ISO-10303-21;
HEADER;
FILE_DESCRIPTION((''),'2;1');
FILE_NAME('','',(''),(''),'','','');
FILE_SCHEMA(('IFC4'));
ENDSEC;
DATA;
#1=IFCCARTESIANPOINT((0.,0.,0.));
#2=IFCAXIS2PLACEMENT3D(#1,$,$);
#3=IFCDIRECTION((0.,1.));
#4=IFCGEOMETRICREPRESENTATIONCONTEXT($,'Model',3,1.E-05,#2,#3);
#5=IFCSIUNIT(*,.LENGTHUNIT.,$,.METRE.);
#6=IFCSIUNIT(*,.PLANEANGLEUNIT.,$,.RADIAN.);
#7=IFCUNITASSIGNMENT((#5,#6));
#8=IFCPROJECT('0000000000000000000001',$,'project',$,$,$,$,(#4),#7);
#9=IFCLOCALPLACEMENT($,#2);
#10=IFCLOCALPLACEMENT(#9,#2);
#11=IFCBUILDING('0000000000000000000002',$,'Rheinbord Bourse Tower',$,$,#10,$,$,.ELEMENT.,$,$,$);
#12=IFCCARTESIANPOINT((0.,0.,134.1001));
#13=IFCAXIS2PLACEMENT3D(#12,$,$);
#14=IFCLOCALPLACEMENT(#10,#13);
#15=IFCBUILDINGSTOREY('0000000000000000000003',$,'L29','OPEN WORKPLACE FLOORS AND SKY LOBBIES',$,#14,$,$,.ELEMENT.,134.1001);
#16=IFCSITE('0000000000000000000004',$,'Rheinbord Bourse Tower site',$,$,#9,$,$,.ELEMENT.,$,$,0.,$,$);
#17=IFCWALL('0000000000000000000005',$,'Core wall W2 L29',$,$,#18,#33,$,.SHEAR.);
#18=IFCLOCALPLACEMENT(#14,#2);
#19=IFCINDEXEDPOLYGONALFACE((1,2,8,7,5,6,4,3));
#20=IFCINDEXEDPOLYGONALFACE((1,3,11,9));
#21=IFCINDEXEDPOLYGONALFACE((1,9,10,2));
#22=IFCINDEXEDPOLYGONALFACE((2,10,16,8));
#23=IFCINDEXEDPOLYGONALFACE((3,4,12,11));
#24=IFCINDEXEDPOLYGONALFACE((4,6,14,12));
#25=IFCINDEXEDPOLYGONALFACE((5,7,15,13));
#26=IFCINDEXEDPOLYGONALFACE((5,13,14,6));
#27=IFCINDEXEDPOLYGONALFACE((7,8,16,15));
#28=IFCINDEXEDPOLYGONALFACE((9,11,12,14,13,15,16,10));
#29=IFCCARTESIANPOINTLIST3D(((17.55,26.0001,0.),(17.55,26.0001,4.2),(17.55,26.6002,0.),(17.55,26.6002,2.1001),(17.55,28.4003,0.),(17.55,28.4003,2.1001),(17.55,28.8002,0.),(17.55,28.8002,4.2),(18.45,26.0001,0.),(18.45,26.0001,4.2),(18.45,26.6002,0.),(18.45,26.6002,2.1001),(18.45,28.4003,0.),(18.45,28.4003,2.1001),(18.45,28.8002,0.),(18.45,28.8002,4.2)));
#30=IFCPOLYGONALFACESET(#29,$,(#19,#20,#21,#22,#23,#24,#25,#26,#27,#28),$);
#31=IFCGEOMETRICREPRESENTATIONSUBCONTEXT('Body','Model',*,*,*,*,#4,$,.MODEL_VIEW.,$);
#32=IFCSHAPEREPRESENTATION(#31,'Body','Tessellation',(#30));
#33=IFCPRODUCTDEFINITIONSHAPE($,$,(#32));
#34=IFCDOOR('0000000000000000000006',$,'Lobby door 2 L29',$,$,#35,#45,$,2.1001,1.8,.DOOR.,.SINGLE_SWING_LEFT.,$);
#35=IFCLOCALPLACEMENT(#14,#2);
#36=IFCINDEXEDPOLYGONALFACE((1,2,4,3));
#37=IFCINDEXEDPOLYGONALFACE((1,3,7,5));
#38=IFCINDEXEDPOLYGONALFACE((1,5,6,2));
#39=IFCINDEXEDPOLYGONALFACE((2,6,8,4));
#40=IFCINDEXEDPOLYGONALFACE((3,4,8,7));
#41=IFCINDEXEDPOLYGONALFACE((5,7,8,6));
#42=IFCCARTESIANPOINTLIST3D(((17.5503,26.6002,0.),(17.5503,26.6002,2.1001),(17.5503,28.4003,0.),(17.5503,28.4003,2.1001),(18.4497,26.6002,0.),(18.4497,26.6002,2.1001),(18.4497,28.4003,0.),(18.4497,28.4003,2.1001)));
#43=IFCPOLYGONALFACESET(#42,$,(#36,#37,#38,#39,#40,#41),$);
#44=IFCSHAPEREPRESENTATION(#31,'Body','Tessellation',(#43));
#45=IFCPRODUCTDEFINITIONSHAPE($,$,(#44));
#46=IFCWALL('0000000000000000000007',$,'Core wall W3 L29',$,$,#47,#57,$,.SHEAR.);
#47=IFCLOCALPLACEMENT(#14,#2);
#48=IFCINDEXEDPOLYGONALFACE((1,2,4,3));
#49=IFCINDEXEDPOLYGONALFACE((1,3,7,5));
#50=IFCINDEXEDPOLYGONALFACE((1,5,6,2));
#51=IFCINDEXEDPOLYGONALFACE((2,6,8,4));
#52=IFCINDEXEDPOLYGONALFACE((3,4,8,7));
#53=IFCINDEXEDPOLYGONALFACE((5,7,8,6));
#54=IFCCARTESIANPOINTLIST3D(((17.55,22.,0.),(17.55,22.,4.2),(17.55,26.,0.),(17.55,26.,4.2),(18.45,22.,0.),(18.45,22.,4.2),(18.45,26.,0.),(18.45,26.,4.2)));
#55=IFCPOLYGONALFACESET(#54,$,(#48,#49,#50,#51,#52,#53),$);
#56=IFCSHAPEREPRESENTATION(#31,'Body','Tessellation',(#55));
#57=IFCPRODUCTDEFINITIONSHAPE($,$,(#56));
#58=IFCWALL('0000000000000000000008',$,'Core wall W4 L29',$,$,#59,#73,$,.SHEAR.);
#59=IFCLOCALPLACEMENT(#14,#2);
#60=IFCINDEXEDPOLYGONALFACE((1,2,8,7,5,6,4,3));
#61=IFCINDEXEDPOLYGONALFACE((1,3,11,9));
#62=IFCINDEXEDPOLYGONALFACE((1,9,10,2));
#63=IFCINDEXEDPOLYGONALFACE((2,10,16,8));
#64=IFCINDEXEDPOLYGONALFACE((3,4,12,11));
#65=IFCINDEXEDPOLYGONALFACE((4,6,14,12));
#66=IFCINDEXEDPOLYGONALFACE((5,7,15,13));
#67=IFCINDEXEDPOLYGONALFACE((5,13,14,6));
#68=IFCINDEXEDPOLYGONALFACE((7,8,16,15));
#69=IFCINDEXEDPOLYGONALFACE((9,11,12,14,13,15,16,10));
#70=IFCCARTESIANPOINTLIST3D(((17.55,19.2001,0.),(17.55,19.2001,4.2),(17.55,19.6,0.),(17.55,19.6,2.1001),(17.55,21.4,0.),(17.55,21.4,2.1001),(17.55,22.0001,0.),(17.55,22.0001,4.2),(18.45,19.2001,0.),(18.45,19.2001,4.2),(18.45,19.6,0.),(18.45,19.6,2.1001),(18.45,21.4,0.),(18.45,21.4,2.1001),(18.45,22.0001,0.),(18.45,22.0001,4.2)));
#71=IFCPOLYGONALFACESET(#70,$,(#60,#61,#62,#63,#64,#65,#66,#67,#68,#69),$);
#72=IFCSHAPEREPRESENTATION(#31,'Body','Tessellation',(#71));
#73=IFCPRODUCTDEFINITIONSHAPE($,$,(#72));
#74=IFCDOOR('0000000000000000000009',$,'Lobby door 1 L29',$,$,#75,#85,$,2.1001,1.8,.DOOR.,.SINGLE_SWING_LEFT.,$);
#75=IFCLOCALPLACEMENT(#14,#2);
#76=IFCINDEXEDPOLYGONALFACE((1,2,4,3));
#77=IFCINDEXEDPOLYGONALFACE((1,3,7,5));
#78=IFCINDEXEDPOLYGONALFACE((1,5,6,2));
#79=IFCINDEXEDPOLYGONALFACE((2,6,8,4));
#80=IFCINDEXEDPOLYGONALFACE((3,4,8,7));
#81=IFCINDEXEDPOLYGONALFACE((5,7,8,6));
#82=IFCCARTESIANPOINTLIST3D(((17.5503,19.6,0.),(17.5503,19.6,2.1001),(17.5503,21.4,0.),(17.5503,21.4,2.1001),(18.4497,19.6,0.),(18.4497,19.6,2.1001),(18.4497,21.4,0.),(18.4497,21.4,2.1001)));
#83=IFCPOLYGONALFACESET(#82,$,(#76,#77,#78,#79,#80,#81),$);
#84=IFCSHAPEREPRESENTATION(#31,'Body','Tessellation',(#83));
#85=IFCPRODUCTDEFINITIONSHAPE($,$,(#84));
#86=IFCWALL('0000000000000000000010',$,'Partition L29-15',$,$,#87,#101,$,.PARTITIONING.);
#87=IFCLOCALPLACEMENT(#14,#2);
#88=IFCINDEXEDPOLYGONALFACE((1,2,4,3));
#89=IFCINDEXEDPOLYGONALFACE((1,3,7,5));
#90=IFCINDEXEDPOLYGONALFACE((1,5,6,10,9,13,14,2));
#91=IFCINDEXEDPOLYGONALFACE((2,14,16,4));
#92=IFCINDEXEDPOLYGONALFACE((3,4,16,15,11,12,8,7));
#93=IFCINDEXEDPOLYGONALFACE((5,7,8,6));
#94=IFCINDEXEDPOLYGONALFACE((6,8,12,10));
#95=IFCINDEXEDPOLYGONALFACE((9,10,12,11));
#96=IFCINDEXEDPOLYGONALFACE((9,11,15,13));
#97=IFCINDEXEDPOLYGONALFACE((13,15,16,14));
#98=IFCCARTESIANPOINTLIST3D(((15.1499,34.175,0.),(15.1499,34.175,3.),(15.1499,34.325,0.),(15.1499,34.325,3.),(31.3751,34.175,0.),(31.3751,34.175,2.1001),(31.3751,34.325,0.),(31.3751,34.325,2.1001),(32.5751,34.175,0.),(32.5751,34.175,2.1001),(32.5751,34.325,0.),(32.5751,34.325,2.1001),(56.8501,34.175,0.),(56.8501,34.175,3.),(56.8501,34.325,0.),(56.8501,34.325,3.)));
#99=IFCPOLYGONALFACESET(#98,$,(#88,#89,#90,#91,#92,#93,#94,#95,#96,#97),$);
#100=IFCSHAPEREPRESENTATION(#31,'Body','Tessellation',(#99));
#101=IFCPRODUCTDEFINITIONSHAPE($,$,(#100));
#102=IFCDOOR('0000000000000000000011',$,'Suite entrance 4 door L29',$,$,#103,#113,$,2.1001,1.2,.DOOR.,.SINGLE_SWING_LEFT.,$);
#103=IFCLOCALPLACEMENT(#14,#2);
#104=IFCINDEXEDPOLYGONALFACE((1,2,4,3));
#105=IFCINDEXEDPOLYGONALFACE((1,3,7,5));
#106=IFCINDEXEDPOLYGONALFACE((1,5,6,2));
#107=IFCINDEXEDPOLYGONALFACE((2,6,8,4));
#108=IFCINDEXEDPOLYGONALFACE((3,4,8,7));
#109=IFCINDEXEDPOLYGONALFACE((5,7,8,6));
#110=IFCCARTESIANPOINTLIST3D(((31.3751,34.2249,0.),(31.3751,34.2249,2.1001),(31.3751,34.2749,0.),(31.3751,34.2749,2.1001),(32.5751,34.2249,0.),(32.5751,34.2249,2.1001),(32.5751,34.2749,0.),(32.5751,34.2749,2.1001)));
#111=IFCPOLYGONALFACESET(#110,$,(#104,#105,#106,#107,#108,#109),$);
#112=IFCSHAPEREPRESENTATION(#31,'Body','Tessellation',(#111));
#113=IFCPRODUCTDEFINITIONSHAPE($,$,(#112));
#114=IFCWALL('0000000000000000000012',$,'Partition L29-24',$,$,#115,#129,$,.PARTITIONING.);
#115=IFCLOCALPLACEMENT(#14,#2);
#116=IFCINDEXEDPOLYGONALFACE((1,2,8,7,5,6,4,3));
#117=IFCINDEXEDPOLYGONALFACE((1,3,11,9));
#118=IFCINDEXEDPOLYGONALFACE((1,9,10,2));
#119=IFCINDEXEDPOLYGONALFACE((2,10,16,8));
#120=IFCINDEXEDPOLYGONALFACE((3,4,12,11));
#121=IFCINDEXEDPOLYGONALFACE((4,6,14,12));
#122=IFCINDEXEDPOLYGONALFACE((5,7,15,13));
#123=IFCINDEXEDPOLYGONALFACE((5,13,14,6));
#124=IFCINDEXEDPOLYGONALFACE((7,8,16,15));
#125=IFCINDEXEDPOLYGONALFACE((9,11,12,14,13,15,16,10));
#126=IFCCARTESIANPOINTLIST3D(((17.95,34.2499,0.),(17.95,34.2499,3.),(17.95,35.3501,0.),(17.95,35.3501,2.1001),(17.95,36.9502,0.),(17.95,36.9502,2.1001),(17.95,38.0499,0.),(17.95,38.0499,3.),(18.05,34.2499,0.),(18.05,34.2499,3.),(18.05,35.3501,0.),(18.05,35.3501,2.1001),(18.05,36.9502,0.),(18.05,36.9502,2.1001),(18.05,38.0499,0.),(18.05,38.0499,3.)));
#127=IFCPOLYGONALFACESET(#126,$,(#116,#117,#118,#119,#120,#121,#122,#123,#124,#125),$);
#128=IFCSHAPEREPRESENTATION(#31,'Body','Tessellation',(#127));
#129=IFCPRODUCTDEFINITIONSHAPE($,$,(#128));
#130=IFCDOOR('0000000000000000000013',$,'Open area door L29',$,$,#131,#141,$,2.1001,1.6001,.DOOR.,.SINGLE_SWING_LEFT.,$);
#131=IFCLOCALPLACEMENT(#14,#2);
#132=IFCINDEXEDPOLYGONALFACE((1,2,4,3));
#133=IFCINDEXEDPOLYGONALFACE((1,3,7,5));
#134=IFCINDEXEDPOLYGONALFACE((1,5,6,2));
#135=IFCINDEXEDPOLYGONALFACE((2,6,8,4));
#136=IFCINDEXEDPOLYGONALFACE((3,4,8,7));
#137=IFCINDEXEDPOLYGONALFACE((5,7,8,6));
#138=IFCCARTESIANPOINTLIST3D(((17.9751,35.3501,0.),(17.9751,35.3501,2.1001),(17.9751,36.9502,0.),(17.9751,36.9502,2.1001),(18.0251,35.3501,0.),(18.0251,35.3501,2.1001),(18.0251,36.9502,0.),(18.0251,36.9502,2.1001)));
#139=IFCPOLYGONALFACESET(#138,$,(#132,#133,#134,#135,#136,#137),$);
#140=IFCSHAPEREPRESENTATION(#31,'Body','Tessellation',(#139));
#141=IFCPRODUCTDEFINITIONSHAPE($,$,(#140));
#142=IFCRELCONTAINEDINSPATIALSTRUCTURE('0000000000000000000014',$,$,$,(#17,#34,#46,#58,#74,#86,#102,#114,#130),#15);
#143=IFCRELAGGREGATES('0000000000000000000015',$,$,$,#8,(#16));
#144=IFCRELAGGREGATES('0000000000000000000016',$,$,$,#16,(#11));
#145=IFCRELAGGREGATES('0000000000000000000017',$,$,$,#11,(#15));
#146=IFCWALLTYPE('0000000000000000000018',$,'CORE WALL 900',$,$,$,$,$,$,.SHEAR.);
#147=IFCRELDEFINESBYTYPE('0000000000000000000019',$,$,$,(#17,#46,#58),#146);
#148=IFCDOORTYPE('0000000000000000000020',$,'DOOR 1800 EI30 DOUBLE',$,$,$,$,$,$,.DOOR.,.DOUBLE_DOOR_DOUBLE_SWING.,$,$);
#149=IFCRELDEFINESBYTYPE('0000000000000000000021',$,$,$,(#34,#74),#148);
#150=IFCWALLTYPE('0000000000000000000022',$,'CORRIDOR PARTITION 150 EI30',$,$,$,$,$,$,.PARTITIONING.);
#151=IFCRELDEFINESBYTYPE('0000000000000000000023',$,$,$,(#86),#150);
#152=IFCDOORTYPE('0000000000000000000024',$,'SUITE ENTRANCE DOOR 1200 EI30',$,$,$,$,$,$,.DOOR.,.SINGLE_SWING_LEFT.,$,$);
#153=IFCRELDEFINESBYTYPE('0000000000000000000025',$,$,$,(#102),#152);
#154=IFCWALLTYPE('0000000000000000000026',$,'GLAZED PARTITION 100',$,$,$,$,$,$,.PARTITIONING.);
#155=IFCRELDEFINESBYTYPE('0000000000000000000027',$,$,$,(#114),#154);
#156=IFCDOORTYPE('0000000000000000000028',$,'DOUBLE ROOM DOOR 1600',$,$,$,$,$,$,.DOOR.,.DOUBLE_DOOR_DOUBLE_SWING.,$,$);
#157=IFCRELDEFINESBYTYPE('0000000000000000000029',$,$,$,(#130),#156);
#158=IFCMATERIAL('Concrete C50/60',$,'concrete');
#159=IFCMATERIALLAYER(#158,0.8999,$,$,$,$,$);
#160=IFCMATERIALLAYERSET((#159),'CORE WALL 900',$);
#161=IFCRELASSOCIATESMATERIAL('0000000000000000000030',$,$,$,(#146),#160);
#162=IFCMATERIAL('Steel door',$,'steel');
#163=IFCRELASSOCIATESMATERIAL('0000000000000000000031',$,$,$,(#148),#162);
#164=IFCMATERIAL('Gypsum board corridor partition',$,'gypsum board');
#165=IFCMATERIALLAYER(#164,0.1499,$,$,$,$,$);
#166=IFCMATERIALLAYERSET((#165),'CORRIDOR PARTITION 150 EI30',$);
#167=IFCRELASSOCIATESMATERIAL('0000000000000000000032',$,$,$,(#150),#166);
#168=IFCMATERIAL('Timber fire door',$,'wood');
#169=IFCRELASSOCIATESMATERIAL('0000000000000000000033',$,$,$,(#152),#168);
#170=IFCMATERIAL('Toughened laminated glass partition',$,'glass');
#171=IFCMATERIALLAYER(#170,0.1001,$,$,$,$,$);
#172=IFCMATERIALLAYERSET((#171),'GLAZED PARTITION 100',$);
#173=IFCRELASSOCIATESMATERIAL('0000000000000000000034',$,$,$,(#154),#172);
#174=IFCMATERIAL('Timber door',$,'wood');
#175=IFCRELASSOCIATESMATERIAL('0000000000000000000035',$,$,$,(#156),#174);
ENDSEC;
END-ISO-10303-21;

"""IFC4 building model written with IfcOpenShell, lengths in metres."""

from ifc_helpers import new_model, si_unit, direction, frame, frame_2d, origin, place, context, subcontext, project, spatial, rectangle, extrude, material, layer, layer_set, type_object, element, fill, save


model = new_model("IFC4")

# Units and contexts
model_context = context("Model", 3, precision=1e-05, world=origin(), true_north=direction((0.0, 1.0)))
body_context = subcontext(model_context, "Body", "Model", "MODEL_VIEW")
ifc_project = project(units=[si_unit("LENGTHUNIT", "METRE"), si_unit("PLANEANGLEUNIT", "RADIAN")], contexts=[model_context])

# Site, building, storey
site_placement = place(None, origin())
site = spatial("IfcSite", under=ifc_project, at=site_placement, Name="Rheinbord Bourse Tower site", CompositionType="ELEMENT", RefElevation=0.0)
building_placement = place(site_placement, origin())
building = spatial("IfcBuilding", under=site, at=building_placement, Name="Rheinbord Bourse Tower", CompositionType="ELEMENT")
storey_placement = place(building_placement, frame((0.0, 0.0, 134.1001)))
storey = spatial("IfcBuildingStorey", under=building, at=storey_placement, Name="L29", Description="OPEN WORKPLACE FLOORS AND SKY LOBBIES", CompositionType="ELEMENT", Elevation=134.1001)

# Shared definitions
ifc_material_1 = material(Name="Concrete C50/60", Category="concrete")
ifc_layer_1 = layer(ifc_material_1, 0.8999)
ifc_layer_set_1 = layer_set([ifc_layer_1], Name="CORE WALL 900")
wall_type_1 = type_object("IfcWallType", Name="CORE WALL 900", PredefinedType="SHEAR", material=ifc_layer_set_1)

# Wall, opening, door
wall_1_placement = place(storey_placement, frame((18.0, 28.8, 0.0), z_axis=(0.0, 0.0, 1.0), x_axis=(0.0, -1.0, 0.0)))
wall_1 = element("IfcWall", 1, at=wall_1_placement, inside=storey, type_object=wall_type_1, Name="Core wall W2 L29", PredefinedType="SHEAR", context=body_context, shape_type="SweptSolid", body=[
    extrude(rectangle(XDim=2.8, YDim=0.8999, at=frame_2d((1.3999, 0.0))), origin(), (0.0, 0.0, 1.0), 4.2),
])
opening_1_placement = place(wall_1_placement, frame((0.3999, 0.0, 0.0)))
opening_1 = element("IfcOpeningElement", 2, at=opening_1_placement, cuts=wall_1, PredefinedType="OPENING", context=body_context, shape_type="SweptSolid", body=[
    extrude(rectangle(XDim=1.8, YDim=2.1001, at=frame_2d((0.8999, 1.05))), frame((0.0, 0.46, 0.0), z_axis=(0.0, -1.0, 0.0), x_axis=(1.0, 0.0, 0.0)), (0.0, 0.0, 1.0), 0.9199),
])
ifc_material_2 = material(Name="Steel door", Category="steel")
door_type_1 = type_object("IfcDoorType", Name="DOOR 1800 EI30 DOUBLE", OperationType="DOUBLE_DOOR_DOUBLE_SWING", PredefinedType="DOOR", material=ifc_material_2)
door_1_placement = place(opening_1_placement, origin())
door_1 = element("IfcDoor", 3, at=door_1_placement, inside=storey, type_object=door_type_1, Name="Lobby door 2 L29", OperationType="SINGLE_SWING_LEFT", OverallHeight=2.1001, OverallWidth=1.8, PredefinedType="DOOR", context=body_context, shape_type="SweptSolid", body=[
    extrude(rectangle(XDim=1.8, YDim=2.1001, at=frame_2d((0.8999, 1.05))), frame((0.0, 0.4497, 0.0), z_axis=(0.0, -1.0, 0.0), x_axis=(1.0, 0.0, 0.0)), (0.0, 0.0, 1.0), 0.8994),
])
fill(opening_1, door_1)

# Wall
wall_2_placement = place(storey_placement, frame((18.0, 26.0, 0.0), z_axis=(0.0, 0.0, 1.0), x_axis=(0.0, -1.0, 0.0)))
element("IfcWall", 4, at=wall_2_placement, inside=storey, type_object=wall_type_1, Name="Core wall W3 L29", PredefinedType="SHEAR", context=body_context, shape_type="SweptSolid", body=[
    extrude(rectangle(XDim=4.0, YDim=0.8999, at=frame_2d((2.0, 0.0))), origin(), (0.0, 0.0, 1.0), 4.2),
])

# Walls, openings, doors
wall_3_placement = place(storey_placement, frame((18.0, 22.0, 0.0), z_axis=(0.0, 0.0, 1.0), x_axis=(0.0, -1.0, 0.0)))
wall_3 = element("IfcWall", 5, at=wall_3_placement, inside=storey, type_object=wall_type_1, Name="Core wall W4 L29", PredefinedType="SHEAR", context=body_context, shape_type="SweptSolid", body=[
    extrude(rectangle(XDim=2.8, YDim=0.8999, at=frame_2d((1.3999, 0.0))), origin(), (0.0, 0.0, 1.0), 4.2),
])
opening_2_placement = place(wall_3_placement, frame((0.6001, 0.0, 0.0)))
opening_2 = element("IfcOpeningElement", 6, at=opening_2_placement, cuts=wall_3, PredefinedType="OPENING", context=body_context, shape_type="SweptSolid", body=[
    extrude(rectangle(XDim=1.8, YDim=2.1001, at=frame_2d((0.8999, 1.05))), frame((0.0, 0.46, 0.0), z_axis=(0.0, -1.0, 0.0), x_axis=(1.0, 0.0, 0.0)), (0.0, 0.0, 1.0), 0.9199),
])
door_2_placement = place(opening_2_placement, origin())
door_2 = element("IfcDoor", 7, at=door_2_placement, inside=storey, type_object=door_type_1, Name="Lobby door 1 L29", OperationType="SINGLE_SWING_LEFT", OverallHeight=2.1001, OverallWidth=1.8, PredefinedType="DOOR", context=body_context, shape_type="SweptSolid", body=[
    extrude(rectangle(XDim=1.8, YDim=2.1001, at=frame_2d((0.8999, 1.05))), frame((0.0, 0.4497, 0.0), z_axis=(0.0, -1.0, 0.0), x_axis=(1.0, 0.0, 0.0)), (0.0, 0.0, 1.0), 0.8994),
])
fill(opening_2, door_2)
ifc_material_3 = material(Name="Gypsum board corridor partition", Category="gypsum board")
ifc_layer_2 = layer(ifc_material_3, 0.1499)
ifc_layer_set_2 = layer_set([ifc_layer_2], Name="CORRIDOR PARTITION 150 EI30")
wall_type_2 = type_object("IfcWallType", Name="CORRIDOR PARTITION 150 EI30", PredefinedType="PARTITIONING", material=ifc_layer_set_2)
wall_4_placement = place(storey_placement, frame((15.1499, 34.25, 0.0), z_axis=(0.0, 0.0, 1.0), x_axis=(1.0, 0.0, 0.0)))
wall_4 = element("IfcWall", 8, at=wall_4_placement, inside=storey, type_object=wall_type_2, Name="Partition L29-15", PredefinedType="PARTITIONING", context=body_context, shape_type="SweptSolid", body=[
    extrude(rectangle(XDim=41.7002, YDim=0.1499, at=frame_2d((20.8501, 0.0))), origin(), (0.0, 0.0, 1.0), 3.0),
])
opening_3_placement = place(wall_4_placement, frame((16.2251, 0.0, 0.0)))
opening_3 = element("IfcOpeningElement", 9, at=opening_3_placement, cuts=wall_4, PredefinedType="OPENING", context=body_context, shape_type="SweptSolid", body=[
    extrude(rectangle(XDim=1.2, YDim=2.1001, at=frame_2d((0.6001, 1.05))), frame((0.0, 0.085, 0.0), z_axis=(0.0, -1.0, 0.0), x_axis=(1.0, 0.0, 0.0)), (0.0, 0.0, 1.0), 0.1699),
])
ifc_material_4 = material(Name="Timber fire door", Category="wood")
door_type_2 = type_object("IfcDoorType", Name="SUITE ENTRANCE DOOR 1200 EI30", OperationType="SINGLE_SWING_LEFT", PredefinedType="DOOR", material=ifc_material_4)
door_3_placement = place(opening_3_placement, origin())
door_3 = element("IfcDoor", 10, at=door_3_placement, inside=storey, type_object=door_type_2, Name="Suite entrance 4 door L29", OperationType="SINGLE_SWING_LEFT", OverallHeight=2.1001, OverallWidth=1.2, PredefinedType="DOOR", context=body_context, shape_type="SweptSolid", body=[
    extrude(rectangle(XDim=1.2, YDim=2.1001, at=frame_2d((0.6001, 1.05))), frame((0.0, 0.0249, 0.0), z_axis=(0.0, -1.0, 0.0), x_axis=(1.0, 0.0, 0.0)), (0.0, 0.0, 1.0), 0.05),
])
fill(opening_3, door_3)
ifc_material_5 = material(Name="Toughened laminated glass partition", Category="glass")
ifc_layer_3 = layer(ifc_material_5, 0.1001)
ifc_layer_set_3 = layer_set([ifc_layer_3], Name="GLAZED PARTITION 100")
wall_type_3 = type_object("IfcWallType", Name="GLAZED PARTITION 100", PredefinedType="PARTITIONING", material=ifc_layer_set_3)
wall_5_placement = place(storey_placement, frame((18.0, 34.25, 0.0), z_axis=(0.0, 0.0, 1.0), x_axis=(0.0, 1.0, 0.0)))
wall_5 = element("IfcWall", 11, at=wall_5_placement, inside=storey, type_object=wall_type_3, Name="Partition L29-24", PredefinedType="PARTITIONING", context=body_context, shape_type="SweptSolid", body=[
    extrude(rectangle(XDim=3.8, YDim=0.1001, at=frame_2d((1.8999, 0.0))), origin(), (0.0, 0.0, 1.0), 3.0),
])
opening_4_placement = place(wall_5_placement, frame((1.1001, 0.0, 0.0)))
opening_4 = element("IfcOpeningElement", 12, at=opening_4_placement, cuts=wall_5, PredefinedType="OPENING", context=body_context, shape_type="SweptSolid", body=[
    extrude(rectangle(XDim=1.6001, YDim=2.1001, at=frame_2d((0.8, 1.05))), frame((0.0, 0.0601, 0.0), z_axis=(0.0, -1.0, 0.0), x_axis=(1.0, 0.0, 0.0)), (0.0, 0.0, 1.0), 0.1201),
])
ifc_material_6 = material(Name="Timber door", Category="wood")
door_type_3 = type_object("IfcDoorType", Name="DOUBLE ROOM DOOR 1600", OperationType="DOUBLE_DOOR_DOUBLE_SWING", PredefinedType="DOOR", material=ifc_material_6)
door_4_placement = place(opening_4_placement, origin())
door_4 = element("IfcDoor", 13, at=door_4_placement, inside=storey, type_object=door_type_3, Name="Open area door L29", OperationType="SINGLE_SWING_LEFT", OverallHeight=2.1001, OverallWidth=1.6001, PredefinedType="DOOR", context=body_context, shape_type="SweptSolid", body=[
    extrude(rectangle(XDim=1.6001, YDim=2.1001, at=frame_2d((0.8, 1.05))), frame((0.0, 0.0249, 0.0), z_axis=(0.0, -1.0, 0.0), x_axis=(1.0, 0.0, 0.0)), (0.0, 0.0, 1.0), 0.05),
])
fill(opening_4, door_4)

save(model, "model.ifc")
